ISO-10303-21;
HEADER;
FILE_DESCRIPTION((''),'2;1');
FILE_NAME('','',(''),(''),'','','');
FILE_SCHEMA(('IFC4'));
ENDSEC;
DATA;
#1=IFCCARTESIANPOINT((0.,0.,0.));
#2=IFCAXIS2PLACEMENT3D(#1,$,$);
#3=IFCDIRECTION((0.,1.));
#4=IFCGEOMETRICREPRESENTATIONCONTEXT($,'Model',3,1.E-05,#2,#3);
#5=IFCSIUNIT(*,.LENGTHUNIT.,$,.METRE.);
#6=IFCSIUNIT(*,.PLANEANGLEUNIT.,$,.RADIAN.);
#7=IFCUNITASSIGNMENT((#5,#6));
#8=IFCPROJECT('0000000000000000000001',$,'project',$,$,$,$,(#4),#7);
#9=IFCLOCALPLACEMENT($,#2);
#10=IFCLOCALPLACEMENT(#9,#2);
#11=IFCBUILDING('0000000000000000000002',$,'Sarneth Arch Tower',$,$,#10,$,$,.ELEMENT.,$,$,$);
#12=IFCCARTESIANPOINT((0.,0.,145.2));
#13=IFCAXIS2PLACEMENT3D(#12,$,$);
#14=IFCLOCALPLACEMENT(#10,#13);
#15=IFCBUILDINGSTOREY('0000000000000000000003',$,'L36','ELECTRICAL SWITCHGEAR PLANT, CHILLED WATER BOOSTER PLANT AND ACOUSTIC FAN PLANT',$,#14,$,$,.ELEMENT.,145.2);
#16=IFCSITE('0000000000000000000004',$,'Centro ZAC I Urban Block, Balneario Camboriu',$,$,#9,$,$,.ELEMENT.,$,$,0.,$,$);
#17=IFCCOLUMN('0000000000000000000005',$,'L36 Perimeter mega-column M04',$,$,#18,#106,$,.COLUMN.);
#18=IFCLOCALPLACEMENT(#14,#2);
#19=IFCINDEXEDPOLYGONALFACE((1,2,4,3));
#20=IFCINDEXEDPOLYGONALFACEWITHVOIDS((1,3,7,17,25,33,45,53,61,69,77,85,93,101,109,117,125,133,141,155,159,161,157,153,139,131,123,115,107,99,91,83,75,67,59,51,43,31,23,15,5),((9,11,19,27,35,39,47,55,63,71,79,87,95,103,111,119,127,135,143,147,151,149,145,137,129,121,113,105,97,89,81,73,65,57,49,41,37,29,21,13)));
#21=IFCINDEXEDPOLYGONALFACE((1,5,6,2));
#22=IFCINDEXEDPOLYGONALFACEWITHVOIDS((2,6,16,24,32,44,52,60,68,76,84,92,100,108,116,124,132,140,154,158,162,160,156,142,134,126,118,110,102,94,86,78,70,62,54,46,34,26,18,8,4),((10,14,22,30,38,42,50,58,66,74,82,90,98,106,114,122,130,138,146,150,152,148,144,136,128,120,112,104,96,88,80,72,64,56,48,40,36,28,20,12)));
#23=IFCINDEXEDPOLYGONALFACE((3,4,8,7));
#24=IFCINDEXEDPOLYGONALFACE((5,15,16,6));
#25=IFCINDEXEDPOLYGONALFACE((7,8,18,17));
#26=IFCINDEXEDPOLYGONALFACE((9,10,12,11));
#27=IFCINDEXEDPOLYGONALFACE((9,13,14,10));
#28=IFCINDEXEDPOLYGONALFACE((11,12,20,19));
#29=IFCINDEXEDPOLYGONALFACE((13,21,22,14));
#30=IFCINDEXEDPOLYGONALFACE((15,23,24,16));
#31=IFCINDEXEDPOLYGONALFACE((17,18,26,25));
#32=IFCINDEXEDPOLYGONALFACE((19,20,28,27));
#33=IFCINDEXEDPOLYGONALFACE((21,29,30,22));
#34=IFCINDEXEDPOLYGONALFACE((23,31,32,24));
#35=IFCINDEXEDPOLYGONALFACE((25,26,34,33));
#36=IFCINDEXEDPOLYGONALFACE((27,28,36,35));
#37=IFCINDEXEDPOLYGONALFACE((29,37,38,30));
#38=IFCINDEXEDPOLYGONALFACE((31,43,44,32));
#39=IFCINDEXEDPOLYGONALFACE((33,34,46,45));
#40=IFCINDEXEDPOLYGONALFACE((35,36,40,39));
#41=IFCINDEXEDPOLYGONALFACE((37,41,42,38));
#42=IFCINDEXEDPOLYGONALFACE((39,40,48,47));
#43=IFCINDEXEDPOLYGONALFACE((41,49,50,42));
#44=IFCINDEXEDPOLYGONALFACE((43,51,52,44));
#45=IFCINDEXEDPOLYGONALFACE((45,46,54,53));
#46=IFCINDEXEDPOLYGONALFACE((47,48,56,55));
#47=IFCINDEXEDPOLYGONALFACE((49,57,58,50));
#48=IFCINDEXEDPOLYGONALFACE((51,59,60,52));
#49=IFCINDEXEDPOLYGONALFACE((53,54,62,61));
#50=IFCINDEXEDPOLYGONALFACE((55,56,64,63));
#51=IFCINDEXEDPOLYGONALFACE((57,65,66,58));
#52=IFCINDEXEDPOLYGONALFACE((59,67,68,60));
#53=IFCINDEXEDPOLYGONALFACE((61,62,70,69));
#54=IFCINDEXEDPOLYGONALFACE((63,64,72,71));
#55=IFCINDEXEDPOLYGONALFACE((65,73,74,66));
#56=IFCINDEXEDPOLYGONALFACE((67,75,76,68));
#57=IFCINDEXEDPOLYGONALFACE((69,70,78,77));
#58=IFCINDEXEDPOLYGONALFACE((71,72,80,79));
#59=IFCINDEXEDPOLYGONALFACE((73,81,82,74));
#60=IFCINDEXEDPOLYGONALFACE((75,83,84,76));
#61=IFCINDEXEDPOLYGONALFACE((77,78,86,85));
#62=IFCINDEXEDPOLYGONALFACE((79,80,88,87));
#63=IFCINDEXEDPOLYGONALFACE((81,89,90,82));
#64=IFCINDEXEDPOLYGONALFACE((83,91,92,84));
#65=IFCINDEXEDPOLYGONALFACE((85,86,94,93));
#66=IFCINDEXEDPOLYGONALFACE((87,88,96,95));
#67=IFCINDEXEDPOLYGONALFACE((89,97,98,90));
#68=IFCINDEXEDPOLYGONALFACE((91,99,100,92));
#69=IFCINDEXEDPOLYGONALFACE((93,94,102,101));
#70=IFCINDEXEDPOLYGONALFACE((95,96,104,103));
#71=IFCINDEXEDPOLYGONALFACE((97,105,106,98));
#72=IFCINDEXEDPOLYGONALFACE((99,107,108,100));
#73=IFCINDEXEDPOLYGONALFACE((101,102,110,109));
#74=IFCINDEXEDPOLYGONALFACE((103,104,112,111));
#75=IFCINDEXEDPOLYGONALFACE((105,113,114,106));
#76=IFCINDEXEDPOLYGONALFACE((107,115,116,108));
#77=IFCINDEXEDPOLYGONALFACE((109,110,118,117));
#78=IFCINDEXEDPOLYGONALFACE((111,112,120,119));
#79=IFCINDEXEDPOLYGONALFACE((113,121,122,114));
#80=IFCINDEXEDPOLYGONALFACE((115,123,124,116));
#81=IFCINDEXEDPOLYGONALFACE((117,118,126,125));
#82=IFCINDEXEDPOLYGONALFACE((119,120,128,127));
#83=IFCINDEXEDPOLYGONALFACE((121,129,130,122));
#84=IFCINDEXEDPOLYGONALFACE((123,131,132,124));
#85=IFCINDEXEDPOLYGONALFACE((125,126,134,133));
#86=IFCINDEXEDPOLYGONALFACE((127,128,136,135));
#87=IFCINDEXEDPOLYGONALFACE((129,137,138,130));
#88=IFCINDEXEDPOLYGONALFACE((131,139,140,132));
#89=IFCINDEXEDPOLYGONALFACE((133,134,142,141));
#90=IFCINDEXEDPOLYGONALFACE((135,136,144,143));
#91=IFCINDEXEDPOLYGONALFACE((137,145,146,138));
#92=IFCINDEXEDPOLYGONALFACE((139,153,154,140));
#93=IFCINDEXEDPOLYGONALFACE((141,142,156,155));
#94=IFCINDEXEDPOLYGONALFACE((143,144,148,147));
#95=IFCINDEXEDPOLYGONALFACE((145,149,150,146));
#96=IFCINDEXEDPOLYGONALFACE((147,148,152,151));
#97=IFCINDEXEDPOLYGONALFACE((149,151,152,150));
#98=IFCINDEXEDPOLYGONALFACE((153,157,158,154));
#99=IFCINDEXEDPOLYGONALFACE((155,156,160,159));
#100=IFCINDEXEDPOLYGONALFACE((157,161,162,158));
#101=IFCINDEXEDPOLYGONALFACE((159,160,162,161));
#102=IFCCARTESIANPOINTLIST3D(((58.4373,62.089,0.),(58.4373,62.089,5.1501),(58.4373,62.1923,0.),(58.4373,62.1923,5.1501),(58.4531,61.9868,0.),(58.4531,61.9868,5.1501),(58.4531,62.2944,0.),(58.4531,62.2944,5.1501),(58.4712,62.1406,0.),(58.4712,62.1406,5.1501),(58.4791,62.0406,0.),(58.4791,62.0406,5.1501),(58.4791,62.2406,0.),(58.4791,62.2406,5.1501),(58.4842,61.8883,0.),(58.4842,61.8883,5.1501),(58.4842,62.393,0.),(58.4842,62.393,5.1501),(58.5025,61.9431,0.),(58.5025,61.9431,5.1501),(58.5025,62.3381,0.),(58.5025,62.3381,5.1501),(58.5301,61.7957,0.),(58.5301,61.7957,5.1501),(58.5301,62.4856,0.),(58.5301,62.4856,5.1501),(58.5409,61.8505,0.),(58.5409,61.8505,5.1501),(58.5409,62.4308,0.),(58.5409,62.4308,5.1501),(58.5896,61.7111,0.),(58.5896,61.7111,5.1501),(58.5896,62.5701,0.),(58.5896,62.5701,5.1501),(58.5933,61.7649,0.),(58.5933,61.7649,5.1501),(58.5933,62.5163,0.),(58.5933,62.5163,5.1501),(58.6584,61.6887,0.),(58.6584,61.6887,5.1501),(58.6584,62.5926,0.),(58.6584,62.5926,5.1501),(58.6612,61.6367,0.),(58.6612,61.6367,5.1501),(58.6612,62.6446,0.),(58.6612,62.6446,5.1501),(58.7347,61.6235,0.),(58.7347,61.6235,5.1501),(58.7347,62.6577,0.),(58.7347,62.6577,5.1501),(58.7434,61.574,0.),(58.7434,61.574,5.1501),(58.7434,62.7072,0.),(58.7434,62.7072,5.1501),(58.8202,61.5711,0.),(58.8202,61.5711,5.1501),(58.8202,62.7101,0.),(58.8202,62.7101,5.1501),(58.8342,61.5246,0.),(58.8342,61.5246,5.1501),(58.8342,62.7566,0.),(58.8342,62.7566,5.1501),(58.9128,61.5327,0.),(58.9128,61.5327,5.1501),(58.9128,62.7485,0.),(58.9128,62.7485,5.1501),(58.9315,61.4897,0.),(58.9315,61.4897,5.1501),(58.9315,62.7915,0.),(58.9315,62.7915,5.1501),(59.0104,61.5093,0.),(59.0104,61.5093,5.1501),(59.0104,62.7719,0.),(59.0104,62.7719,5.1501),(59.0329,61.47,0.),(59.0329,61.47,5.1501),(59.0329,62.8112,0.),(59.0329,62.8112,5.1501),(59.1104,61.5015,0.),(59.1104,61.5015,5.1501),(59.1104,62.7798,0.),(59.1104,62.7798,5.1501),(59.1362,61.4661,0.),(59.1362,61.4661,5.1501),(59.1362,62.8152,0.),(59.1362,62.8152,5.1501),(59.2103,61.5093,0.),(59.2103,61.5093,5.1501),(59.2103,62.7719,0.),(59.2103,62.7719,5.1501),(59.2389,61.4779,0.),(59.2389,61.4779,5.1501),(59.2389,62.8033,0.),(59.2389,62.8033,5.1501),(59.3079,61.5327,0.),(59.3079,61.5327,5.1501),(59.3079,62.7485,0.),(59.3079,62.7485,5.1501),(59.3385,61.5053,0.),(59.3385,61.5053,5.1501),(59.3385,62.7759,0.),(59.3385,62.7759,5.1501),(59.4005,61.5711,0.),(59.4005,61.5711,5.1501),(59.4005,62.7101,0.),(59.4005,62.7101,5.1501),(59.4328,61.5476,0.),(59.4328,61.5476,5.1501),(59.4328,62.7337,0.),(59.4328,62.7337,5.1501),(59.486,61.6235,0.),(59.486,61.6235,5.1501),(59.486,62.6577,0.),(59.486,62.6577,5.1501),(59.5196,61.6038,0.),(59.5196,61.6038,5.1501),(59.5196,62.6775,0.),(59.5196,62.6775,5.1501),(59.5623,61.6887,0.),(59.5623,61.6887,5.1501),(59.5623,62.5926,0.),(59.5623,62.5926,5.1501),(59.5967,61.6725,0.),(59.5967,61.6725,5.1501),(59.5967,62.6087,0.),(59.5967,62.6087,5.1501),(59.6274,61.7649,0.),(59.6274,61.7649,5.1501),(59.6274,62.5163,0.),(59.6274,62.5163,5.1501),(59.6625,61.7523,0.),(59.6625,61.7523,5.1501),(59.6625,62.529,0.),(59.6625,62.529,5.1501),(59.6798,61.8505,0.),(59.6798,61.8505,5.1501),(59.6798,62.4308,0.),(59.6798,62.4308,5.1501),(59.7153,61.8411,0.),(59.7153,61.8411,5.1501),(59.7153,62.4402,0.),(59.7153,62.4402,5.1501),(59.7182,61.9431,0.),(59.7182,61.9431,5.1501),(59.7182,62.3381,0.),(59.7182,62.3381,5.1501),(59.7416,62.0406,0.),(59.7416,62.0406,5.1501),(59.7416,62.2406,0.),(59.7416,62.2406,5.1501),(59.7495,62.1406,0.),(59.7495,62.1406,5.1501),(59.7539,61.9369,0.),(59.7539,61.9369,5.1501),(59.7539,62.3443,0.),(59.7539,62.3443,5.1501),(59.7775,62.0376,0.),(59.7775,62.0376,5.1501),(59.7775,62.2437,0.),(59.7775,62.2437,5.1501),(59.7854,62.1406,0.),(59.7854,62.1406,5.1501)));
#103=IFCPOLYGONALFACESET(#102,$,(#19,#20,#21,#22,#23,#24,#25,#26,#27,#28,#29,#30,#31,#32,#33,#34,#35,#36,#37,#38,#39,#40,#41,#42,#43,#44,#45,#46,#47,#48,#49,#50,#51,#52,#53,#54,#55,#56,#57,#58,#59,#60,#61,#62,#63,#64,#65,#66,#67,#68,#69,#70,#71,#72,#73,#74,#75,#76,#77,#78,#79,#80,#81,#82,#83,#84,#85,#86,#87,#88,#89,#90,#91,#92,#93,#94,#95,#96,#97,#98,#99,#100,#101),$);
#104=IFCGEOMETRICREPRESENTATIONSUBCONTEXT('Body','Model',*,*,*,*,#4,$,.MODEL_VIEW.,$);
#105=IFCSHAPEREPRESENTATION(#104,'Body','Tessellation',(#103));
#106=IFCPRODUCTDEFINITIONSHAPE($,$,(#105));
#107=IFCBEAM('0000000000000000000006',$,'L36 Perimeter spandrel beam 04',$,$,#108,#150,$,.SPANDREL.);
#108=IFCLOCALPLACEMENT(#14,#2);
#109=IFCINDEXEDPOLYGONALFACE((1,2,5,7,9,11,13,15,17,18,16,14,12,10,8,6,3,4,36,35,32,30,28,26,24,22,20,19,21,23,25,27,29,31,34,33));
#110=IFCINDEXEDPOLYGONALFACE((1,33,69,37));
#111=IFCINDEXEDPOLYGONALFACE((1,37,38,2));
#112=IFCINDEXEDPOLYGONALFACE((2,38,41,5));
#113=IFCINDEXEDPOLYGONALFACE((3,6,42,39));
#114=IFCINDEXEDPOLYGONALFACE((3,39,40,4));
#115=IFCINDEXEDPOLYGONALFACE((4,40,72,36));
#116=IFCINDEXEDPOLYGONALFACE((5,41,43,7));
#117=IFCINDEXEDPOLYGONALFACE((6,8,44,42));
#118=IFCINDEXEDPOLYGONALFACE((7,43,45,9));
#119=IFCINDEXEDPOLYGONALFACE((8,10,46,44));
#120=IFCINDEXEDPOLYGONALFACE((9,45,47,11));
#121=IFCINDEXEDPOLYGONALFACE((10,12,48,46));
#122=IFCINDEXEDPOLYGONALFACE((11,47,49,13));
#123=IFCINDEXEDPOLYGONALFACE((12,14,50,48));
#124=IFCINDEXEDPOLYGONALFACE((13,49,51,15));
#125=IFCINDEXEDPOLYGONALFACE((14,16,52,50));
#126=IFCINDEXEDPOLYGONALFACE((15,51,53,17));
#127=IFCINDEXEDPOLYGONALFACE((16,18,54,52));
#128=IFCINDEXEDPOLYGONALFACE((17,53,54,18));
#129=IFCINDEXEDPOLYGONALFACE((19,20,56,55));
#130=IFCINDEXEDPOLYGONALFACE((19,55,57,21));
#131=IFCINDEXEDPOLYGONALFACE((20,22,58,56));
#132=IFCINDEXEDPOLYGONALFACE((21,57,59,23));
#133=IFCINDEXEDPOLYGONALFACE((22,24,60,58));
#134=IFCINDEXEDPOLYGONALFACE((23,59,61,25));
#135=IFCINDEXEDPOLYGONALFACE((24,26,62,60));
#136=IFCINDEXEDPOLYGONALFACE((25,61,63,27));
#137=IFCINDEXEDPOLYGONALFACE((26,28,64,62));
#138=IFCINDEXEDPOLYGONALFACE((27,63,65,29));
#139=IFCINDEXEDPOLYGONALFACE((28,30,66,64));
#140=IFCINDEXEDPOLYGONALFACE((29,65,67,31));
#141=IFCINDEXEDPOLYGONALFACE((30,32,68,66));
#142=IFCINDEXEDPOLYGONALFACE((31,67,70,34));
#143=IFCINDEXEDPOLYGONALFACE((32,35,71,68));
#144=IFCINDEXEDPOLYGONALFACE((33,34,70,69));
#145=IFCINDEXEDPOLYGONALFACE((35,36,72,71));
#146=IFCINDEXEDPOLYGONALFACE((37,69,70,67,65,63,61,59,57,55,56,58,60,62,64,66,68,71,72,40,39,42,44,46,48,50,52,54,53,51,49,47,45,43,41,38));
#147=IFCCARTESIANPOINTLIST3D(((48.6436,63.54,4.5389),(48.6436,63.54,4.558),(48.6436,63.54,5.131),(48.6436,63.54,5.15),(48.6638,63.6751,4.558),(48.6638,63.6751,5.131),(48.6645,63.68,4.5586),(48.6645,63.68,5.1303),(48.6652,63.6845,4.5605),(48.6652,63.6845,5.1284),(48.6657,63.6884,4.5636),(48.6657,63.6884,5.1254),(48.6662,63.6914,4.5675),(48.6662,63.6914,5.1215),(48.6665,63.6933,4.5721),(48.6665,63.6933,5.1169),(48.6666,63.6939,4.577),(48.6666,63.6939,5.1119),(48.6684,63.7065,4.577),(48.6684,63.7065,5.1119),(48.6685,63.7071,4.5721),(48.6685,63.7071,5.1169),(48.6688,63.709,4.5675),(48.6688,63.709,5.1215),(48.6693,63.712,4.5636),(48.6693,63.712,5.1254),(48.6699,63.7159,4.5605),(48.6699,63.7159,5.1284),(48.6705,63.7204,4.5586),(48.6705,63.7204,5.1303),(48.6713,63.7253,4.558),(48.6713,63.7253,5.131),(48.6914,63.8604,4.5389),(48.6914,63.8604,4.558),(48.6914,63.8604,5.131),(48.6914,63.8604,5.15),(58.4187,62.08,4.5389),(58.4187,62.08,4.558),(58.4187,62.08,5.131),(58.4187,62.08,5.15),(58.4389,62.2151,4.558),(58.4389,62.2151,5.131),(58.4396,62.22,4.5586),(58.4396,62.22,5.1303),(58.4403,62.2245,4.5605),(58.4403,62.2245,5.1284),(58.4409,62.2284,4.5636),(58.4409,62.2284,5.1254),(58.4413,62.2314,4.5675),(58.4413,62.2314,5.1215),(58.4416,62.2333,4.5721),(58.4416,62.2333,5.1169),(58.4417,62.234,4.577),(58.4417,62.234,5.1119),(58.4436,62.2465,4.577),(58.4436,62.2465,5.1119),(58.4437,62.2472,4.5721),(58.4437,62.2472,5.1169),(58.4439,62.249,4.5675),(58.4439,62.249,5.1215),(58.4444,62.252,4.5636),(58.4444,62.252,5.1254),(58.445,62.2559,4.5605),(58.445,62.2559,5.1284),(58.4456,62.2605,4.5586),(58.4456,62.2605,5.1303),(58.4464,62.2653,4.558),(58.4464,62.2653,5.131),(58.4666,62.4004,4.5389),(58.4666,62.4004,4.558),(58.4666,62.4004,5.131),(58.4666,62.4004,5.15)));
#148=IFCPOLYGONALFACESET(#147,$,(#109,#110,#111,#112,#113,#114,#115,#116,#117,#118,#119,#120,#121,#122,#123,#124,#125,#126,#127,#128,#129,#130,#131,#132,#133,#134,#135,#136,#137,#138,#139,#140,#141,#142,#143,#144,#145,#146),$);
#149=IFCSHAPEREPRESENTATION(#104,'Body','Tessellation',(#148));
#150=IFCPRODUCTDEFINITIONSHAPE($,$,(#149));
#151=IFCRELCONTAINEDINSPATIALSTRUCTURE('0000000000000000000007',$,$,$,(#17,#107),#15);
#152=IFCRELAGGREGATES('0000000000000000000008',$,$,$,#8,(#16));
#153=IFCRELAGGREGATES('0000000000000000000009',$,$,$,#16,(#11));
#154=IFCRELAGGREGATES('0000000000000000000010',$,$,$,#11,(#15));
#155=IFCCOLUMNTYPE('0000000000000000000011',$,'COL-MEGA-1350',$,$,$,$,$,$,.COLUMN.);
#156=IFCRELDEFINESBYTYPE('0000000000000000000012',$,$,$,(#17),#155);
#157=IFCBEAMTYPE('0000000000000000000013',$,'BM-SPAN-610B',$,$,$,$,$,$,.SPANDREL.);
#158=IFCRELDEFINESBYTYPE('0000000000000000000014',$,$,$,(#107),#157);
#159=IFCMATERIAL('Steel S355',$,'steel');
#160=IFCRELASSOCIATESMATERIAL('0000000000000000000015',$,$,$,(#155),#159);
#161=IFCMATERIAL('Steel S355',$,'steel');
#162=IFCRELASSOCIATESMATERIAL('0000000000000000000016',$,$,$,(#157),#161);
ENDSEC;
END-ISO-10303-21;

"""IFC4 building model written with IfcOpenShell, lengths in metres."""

from ifc_helpers import new_model, si_unit, direction, frame, origin, origin_2d, place, context, subcontext, project, spatial, hollow_circle, i_section, extrude, material, material_profile, profile_set, type_object, element, save


model = new_model("IFC4")

# Units and contexts
model_context = context("Model", 3, precision=1e-05, world=origin(), true_north=direction((0.0, 1.0)))
body_context = subcontext(model_context, "Body", "Model", "MODEL_VIEW")
ifc_project = project(units=[si_unit("LENGTHUNIT", "METRE"), si_unit("PLANEANGLEUNIT", "RADIAN")], contexts=[model_context])

# Site, building, storey
site_placement = place(None, origin())
site = spatial("IfcSite", under=ifc_project, at=site_placement, Name="Centro ZAC I Urban Block, Balneario Camboriu", CompositionType="ELEMENT", RefElevation=0.0)
building_placement = place(site_placement, origin())
building = spatial("IfcBuilding", under=site, at=building_placement, Name="Sarneth Arch Tower", CompositionType="ELEMENT")
storey_placement = place(building_placement, frame((0.0, 0.0, 145.2)))
storey = spatial("IfcBuildingStorey", under=building, at=storey_placement, Name="L36", Description="ELECTRICAL SWITCHGEAR PLANT, CHILLED WATER BOOSTER PLANT AND ACOUSTIC FAN PLANT", CompositionType="ELEMENT", Elevation=145.2)

# Column
ifc_material_1 = material(Name="Steel S355", Category="steel")
ifc_material_profile_1 = material_profile(ifc_material_1, hollow_circle(Radius=0.675, WallThickness=0.0359, at=origin_2d()), Name="CHS1350x36")
ifc_profile_set_1 = profile_set([ifc_material_profile_1], Name="Steel S355")
column_type = type_object("IfcColumnType", Name="COL-MEGA-1350", PredefinedType="COLUMN", material=ifc_profile_set_1)
column_placement = place(storey_placement, frame((59.1104, 62.1406, 0.0), z_axis=(0.0, 0.0, 1.0), x_axis=(1.0, 0.0, 0.0)))
element("IfcColumn", 1, at=column_placement, inside=storey, type_object=column_type, Name="L36 Perimeter mega-column M04", PredefinedType="COLUMN", context=body_context, shape_type="SweptSolid", body=[
    extrude(hollow_circle(Radius=0.675, WallThickness=0.0359, at=origin_2d()), origin(), (0.0, 0.0, 1.0), 5.1501),
])

# Beam
ifc_material_2 = material(Name="Steel S355", Category="steel")
ifc_material_profile_2 = material_profile(ifc_material_2, i_section(OverallWidth=0.324, OverallDepth=0.6111, WebThickness=0.0127, FlangeThickness=0.019, FilletRadius=0.019, at=origin_2d()), Name="W610x155")
ifc_profile_set_2 = profile_set([ifc_material_profile_2], Name="Steel S355")
beam_type = type_object("IfcBeamType", Name="BM-SPAN-610B", PredefinedType="SPANDREL", material=ifc_profile_set_2)
beam_placement = place(storey_placement, frame((58.4426, 62.2402, 4.8445), z_axis=(-0.98903, 0.147716, 0.0), x_axis=(-0.147716, -0.98903, 0.0)))
element("IfcBeam", 2, at=beam_placement, inside=storey, type_object=beam_type, Name="L36 Perimeter spandrel beam 04", PredefinedType="SPANDREL", context=body_context, shape_type="SweptSolid", body=[
    extrude(i_section(OverallWidth=0.324, OverallDepth=0.6111, WebThickness=0.0127, FlangeThickness=0.019, FilletRadius=0.019, at=origin_2d()), origin(), (0.0, 0.0, 1.0), 9.8835),
])

save(model, "model.ifc")
